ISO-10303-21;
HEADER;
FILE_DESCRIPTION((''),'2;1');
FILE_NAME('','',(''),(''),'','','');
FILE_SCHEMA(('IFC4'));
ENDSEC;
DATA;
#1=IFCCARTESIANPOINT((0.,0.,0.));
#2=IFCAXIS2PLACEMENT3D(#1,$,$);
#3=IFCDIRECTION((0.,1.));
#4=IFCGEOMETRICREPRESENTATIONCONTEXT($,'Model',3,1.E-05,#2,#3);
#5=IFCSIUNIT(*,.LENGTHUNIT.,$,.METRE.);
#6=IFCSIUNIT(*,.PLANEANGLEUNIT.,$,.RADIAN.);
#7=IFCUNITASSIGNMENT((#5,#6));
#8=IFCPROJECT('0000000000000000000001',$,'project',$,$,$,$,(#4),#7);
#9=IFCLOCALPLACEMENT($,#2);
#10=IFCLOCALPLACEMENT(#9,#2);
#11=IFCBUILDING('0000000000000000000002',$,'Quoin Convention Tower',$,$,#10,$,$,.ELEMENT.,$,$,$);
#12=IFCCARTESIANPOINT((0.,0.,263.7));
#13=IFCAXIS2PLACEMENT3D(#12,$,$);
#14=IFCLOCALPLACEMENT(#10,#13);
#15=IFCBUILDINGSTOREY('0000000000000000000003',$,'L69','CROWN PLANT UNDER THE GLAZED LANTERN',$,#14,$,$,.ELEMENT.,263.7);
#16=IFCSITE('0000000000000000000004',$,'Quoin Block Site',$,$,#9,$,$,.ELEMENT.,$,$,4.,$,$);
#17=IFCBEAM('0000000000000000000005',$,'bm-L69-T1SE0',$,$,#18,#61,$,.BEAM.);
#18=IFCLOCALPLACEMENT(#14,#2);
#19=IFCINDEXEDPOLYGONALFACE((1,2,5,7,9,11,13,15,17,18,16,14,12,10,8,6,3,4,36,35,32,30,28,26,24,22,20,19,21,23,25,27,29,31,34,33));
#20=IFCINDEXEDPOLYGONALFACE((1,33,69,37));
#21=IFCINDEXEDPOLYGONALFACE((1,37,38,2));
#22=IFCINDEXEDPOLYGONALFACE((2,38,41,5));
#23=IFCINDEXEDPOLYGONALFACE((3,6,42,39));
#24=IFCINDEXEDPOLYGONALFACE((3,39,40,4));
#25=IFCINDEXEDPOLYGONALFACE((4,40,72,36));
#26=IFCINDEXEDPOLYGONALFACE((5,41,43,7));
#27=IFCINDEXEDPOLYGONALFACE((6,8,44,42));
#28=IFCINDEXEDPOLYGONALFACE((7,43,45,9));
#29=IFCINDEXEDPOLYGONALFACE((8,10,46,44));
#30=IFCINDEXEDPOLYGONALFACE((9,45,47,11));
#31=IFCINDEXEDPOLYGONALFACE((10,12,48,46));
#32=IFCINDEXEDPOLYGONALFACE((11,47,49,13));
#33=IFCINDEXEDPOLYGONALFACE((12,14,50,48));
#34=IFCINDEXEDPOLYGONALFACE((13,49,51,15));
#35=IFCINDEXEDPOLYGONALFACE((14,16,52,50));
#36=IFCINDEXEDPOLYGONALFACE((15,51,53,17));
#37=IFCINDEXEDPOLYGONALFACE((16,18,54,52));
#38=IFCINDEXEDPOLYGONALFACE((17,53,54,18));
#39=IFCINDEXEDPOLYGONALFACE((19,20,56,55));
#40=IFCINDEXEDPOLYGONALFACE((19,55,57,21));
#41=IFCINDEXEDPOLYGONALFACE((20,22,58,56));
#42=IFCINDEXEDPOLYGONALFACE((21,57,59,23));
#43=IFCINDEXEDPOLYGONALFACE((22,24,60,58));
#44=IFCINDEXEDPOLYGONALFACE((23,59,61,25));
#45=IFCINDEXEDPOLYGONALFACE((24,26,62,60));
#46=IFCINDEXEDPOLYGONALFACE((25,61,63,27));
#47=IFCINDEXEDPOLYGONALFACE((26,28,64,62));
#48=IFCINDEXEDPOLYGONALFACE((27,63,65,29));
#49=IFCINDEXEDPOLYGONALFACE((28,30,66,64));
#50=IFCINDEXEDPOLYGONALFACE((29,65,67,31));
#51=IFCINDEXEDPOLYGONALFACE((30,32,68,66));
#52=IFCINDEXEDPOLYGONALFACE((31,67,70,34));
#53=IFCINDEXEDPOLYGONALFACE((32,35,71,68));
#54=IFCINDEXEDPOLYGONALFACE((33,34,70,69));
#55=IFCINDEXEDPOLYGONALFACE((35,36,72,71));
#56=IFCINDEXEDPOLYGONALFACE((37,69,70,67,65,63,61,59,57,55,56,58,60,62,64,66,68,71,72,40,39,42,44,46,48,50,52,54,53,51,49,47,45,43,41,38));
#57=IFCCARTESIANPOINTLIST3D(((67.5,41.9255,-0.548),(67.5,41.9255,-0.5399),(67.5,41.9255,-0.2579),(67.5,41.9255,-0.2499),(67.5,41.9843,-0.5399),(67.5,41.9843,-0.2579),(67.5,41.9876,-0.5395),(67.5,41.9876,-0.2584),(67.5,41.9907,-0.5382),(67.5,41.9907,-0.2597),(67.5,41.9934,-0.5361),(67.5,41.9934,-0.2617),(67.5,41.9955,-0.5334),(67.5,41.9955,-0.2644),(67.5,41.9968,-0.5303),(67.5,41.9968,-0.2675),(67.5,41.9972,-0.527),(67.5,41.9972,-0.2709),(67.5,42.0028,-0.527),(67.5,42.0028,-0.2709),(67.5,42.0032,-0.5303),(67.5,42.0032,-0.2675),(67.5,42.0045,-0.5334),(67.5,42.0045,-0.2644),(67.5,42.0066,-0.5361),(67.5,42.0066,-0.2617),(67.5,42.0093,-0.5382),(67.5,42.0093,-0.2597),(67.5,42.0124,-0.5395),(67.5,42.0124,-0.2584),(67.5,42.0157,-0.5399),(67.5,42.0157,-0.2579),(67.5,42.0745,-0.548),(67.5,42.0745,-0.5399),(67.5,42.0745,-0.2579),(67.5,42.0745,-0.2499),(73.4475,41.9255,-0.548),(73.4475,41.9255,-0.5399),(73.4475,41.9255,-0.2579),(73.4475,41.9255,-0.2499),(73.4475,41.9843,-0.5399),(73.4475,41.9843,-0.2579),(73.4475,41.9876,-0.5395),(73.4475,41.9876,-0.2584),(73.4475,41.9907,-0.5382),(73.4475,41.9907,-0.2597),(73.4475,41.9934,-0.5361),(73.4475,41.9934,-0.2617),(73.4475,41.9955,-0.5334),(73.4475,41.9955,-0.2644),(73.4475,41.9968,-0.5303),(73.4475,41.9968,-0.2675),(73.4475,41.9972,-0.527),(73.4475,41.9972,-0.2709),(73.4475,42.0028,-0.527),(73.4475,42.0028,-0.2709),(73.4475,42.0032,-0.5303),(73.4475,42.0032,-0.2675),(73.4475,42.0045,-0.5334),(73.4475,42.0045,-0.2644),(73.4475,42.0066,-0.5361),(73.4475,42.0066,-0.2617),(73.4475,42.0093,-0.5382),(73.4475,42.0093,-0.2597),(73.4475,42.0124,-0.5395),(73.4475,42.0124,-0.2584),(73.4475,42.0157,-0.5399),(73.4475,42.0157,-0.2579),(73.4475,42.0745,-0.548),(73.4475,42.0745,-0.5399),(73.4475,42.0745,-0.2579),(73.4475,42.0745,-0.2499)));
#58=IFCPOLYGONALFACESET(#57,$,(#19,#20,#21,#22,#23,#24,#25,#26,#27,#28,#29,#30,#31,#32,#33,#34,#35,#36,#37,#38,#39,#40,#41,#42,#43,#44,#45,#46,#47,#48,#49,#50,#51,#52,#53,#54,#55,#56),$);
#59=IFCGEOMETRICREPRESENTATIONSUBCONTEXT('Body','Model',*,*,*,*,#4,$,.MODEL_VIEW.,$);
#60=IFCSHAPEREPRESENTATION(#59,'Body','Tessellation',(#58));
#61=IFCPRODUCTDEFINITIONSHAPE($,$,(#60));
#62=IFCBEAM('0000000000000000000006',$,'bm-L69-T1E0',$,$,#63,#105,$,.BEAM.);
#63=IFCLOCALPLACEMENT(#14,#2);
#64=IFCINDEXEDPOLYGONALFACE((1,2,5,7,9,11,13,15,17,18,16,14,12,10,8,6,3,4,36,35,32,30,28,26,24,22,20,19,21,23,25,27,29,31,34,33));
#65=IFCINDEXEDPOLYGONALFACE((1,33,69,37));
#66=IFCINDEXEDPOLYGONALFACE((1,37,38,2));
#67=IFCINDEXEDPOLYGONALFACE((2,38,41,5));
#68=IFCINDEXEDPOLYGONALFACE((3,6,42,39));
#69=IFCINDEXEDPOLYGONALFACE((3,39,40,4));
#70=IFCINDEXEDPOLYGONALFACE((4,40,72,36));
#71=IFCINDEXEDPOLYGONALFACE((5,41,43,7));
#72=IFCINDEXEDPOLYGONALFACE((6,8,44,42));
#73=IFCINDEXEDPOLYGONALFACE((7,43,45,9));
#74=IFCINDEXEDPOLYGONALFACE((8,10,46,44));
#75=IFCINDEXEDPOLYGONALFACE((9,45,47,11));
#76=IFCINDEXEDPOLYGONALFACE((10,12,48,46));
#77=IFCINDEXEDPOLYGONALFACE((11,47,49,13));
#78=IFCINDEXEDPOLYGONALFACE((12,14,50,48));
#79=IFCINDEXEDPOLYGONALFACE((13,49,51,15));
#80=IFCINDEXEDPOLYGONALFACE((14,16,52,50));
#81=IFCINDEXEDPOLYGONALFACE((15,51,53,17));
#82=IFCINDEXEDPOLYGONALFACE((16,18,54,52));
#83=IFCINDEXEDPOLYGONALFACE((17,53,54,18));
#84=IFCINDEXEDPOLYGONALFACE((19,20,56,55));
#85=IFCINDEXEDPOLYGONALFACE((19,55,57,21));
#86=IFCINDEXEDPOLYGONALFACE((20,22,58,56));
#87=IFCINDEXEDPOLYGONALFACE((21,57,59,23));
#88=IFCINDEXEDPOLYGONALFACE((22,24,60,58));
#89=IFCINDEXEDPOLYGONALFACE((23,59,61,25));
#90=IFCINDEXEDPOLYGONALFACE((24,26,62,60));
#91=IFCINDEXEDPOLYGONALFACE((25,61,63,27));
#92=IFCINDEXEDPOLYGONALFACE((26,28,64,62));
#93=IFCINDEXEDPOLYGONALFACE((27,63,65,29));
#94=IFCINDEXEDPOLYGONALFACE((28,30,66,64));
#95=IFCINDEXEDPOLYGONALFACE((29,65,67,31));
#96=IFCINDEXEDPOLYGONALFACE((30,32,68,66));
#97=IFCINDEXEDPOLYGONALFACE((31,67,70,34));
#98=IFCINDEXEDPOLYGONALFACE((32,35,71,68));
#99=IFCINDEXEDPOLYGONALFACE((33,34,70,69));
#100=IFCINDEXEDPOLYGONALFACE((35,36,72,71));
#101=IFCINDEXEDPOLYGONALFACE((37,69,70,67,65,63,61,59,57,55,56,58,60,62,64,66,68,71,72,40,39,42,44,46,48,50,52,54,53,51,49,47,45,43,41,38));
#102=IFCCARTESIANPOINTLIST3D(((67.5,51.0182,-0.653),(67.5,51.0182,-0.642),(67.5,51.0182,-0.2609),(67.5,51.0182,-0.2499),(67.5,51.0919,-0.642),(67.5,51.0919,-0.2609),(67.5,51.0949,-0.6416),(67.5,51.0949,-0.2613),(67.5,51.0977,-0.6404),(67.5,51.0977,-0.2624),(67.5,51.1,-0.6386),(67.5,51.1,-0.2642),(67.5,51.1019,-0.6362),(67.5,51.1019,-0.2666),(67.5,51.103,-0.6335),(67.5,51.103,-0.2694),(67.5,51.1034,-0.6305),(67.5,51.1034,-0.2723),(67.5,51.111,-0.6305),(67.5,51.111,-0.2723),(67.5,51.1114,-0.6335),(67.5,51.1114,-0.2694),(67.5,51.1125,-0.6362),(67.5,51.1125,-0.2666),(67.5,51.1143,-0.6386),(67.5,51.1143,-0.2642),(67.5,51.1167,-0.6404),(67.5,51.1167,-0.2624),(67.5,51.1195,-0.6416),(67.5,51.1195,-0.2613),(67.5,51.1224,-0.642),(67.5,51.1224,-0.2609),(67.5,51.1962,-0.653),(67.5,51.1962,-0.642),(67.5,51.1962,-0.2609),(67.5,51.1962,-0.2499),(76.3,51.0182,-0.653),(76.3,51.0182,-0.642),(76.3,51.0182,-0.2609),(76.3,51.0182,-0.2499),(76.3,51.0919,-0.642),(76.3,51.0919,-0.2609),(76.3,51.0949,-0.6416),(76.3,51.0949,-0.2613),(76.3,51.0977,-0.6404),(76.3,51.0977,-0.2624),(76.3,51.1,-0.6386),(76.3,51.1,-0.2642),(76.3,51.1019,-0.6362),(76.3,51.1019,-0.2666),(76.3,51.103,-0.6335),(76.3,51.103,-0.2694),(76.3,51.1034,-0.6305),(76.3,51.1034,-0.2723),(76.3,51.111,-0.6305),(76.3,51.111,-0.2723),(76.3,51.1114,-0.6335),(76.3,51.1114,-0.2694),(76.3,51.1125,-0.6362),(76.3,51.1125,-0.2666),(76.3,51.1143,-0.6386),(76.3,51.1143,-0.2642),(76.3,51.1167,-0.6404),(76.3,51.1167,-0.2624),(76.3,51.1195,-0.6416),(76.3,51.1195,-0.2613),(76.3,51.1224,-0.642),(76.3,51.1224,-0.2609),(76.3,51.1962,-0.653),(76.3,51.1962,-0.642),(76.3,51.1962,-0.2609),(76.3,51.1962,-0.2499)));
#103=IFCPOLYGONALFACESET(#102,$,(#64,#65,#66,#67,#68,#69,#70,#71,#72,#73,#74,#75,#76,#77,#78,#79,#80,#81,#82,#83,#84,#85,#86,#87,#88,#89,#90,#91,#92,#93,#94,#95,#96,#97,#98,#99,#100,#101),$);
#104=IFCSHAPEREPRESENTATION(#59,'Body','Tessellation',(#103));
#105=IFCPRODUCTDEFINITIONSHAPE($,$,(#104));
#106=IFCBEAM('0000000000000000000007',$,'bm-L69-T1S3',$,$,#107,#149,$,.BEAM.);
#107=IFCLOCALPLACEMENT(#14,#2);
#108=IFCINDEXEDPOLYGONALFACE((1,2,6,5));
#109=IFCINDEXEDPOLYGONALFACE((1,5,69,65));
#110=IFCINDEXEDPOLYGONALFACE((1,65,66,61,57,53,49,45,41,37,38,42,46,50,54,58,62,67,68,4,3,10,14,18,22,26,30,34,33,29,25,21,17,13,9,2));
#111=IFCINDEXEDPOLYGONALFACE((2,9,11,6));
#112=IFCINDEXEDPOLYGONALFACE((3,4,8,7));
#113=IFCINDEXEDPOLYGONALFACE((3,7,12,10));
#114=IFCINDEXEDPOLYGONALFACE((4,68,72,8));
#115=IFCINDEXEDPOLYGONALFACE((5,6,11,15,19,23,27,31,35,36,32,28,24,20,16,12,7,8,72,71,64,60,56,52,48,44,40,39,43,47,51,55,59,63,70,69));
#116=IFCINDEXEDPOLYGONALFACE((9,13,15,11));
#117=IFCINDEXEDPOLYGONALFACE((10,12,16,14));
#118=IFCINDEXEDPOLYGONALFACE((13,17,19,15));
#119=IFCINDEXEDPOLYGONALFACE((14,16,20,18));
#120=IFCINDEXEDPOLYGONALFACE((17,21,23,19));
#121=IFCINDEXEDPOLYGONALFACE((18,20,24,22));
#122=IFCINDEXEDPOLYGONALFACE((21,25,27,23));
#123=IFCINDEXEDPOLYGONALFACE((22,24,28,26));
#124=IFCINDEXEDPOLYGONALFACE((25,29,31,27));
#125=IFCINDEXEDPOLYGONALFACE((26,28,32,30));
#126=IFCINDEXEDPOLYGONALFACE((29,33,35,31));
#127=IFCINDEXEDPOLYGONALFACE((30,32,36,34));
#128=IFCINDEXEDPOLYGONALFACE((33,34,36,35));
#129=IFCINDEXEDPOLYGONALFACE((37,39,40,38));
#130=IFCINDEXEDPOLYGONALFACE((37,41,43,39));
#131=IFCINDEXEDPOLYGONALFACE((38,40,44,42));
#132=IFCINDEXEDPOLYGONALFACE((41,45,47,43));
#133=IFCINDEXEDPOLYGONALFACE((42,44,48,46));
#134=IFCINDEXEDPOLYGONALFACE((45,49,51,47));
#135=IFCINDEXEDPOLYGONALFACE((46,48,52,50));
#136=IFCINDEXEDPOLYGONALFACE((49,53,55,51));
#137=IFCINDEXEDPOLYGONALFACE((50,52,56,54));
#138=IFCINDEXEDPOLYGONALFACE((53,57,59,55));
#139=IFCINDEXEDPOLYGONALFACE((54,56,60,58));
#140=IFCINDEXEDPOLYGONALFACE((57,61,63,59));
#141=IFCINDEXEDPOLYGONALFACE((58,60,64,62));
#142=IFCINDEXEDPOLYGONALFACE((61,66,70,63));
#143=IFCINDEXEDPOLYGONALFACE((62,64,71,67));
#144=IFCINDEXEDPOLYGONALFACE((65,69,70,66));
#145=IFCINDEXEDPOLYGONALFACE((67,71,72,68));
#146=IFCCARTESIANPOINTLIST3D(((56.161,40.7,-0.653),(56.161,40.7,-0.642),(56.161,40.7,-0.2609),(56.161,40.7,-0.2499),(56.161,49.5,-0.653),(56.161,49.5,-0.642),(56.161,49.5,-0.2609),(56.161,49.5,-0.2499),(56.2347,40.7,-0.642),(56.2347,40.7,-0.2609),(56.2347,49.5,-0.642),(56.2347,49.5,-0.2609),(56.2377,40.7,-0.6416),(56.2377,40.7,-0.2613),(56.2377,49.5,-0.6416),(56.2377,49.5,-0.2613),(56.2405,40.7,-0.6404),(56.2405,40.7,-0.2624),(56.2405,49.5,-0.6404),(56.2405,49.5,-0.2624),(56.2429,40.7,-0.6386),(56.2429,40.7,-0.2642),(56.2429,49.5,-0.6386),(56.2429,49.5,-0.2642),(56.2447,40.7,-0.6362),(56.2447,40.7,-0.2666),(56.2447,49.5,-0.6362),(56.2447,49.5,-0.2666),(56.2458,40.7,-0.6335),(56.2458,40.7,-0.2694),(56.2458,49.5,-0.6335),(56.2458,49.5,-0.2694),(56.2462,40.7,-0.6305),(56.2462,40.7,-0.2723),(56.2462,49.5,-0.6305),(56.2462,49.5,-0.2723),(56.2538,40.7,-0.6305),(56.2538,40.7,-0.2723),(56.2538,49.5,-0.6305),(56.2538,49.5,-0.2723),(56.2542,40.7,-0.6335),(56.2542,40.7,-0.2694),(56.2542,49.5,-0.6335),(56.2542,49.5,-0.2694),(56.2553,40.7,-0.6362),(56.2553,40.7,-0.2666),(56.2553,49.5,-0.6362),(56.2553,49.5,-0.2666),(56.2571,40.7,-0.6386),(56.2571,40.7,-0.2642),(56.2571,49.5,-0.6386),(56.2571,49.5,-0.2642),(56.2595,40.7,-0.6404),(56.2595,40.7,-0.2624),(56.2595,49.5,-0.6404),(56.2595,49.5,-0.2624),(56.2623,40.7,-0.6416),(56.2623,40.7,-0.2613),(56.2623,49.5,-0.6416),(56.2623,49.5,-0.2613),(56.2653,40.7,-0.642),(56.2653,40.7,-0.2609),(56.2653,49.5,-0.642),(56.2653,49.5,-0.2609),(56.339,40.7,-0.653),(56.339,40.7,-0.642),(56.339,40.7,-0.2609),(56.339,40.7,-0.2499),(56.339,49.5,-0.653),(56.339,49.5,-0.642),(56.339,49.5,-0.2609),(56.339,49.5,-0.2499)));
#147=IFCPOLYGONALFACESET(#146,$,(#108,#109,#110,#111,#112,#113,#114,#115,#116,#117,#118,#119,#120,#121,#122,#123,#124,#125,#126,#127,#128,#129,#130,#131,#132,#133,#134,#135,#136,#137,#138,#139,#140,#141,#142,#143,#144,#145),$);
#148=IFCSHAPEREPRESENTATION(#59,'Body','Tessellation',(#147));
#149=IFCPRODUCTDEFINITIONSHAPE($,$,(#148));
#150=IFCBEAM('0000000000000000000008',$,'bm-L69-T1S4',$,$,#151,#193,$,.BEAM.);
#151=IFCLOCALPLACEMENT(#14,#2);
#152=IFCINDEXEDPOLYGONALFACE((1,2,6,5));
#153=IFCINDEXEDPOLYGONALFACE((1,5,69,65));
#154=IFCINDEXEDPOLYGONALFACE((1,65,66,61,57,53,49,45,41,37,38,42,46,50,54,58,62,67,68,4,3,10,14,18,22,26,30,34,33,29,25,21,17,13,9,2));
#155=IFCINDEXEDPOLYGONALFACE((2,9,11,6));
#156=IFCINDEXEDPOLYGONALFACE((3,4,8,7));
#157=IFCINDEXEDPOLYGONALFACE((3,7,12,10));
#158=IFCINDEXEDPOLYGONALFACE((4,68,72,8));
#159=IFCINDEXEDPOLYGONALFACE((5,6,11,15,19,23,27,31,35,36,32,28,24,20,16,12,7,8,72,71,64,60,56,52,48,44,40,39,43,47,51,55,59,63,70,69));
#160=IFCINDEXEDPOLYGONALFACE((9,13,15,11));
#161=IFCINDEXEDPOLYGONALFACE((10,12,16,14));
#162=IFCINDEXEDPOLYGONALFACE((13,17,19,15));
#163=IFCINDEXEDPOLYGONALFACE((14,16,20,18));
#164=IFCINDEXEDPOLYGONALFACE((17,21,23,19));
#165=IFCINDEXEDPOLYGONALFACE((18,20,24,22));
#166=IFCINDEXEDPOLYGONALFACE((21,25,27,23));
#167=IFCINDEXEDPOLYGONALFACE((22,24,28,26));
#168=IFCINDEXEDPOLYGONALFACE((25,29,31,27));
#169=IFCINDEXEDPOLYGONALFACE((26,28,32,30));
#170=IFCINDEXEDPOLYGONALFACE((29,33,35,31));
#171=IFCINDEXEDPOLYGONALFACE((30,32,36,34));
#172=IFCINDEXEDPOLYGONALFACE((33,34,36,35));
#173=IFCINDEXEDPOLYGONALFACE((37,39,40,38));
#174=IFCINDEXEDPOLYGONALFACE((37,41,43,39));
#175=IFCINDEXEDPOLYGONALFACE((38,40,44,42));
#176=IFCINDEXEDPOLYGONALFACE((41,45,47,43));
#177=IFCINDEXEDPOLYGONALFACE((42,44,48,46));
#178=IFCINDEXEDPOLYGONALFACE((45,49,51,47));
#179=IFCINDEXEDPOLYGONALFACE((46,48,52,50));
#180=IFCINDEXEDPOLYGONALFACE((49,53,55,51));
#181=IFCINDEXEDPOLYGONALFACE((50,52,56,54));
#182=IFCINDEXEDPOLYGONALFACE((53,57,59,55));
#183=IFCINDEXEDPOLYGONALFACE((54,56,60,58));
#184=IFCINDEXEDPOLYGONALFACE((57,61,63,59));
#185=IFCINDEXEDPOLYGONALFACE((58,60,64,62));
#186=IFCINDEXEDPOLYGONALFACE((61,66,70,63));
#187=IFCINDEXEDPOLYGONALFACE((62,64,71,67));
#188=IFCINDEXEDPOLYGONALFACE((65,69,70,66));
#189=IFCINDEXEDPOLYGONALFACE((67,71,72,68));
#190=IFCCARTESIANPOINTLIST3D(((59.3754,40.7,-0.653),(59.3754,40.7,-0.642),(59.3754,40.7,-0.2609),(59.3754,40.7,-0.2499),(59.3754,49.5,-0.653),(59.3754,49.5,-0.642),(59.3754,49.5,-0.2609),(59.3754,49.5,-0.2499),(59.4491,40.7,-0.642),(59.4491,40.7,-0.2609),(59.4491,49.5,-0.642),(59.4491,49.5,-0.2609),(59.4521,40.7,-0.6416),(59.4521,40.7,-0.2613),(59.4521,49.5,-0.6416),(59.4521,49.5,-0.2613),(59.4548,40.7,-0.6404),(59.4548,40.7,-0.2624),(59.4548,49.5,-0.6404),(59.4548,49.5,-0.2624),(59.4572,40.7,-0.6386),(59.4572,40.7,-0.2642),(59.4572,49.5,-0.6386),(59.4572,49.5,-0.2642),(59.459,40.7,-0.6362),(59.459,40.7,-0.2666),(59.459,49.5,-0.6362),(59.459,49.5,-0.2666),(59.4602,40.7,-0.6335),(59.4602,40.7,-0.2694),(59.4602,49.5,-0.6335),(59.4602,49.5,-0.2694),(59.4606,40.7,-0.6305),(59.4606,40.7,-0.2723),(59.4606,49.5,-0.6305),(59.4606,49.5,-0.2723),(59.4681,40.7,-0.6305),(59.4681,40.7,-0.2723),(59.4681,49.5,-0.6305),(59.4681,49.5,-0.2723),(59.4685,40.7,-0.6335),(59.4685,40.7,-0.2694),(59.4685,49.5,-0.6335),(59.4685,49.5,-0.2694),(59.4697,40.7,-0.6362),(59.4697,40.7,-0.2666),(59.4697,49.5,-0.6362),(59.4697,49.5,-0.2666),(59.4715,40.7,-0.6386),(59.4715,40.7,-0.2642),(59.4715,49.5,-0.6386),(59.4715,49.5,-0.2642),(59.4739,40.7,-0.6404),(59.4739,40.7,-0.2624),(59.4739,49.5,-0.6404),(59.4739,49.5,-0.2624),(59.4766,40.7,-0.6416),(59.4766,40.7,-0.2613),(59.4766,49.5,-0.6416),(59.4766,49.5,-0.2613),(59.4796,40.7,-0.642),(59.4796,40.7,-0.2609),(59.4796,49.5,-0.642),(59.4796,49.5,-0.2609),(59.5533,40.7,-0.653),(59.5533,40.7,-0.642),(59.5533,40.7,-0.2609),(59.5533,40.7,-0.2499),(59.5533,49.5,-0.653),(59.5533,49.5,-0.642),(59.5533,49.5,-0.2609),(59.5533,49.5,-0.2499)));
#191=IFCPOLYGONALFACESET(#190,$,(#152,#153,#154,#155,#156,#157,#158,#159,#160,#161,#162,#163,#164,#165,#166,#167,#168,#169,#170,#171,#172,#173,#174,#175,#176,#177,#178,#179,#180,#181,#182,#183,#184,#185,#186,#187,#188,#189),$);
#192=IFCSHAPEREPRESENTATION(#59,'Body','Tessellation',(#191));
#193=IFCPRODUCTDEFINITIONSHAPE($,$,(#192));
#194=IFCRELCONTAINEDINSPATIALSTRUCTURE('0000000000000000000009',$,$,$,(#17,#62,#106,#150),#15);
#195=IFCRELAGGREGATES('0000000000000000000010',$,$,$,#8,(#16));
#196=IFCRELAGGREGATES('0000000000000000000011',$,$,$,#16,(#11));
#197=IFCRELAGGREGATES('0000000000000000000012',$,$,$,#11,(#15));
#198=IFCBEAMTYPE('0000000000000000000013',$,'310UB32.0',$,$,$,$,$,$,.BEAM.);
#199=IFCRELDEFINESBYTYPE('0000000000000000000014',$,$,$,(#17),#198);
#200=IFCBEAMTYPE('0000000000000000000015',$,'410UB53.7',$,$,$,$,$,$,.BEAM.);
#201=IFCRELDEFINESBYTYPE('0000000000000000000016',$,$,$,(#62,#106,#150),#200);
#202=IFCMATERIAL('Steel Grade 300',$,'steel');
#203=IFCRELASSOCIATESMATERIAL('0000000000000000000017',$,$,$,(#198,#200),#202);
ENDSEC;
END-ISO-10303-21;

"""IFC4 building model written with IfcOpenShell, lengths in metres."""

from ifc_helpers import new_model, si_unit, direction, frame, origin, origin_2d, place, context, subcontext, project, spatial, i_section, extrude, material, material_profile, profile_set, type_object, element, save


model = new_model("IFC4")

# Units and contexts
model_context = context("Model", 3, precision=1e-05, world=origin(), true_north=direction((0.0, 1.0)))
body_context = subcontext(model_context, "Body", "Model", "MODEL_VIEW")
ifc_project = project(units=[si_unit("LENGTHUNIT", "METRE"), si_unit("PLANEANGLEUNIT", "RADIAN")], contexts=[model_context])

# Site, building, storey
site_placement = place(None, origin())
site = spatial("IfcSite", under=ifc_project, at=site_placement, Name="Quoin Block Site", CompositionType="ELEMENT", RefElevation=4.0)
building_placement = place(site_placement, origin())
building = spatial("IfcBuilding", under=site, at=building_placement, Name="Quoin Convention Tower", CompositionType="ELEMENT")
storey_placement = place(building_placement, frame((0.0, 0.0, 263.7)))
storey = spatial("IfcBuildingStorey", under=building, at=storey_placement, Name="L69", Description="CROWN PLANT UNDER THE GLAZED LANTERN", CompositionType="ELEMENT", Elevation=263.7)

# Beams
ifc_material_1 = material(Name="Steel Grade 300", Category="steel")
ifc_material_profile_1 = material_profile(ifc_material_1, i_section(OverallWidth=0.1489, OverallDepth=0.2981, WebThickness=0.0056, FlangeThickness=0.0081, FilletRadius=0.0129, at=origin_2d()), Name="310UB32.0")
ifc_profile_set_1 = profile_set([ifc_material_profile_1], Name="Steel Grade 300")
beam_type_1 = type_object("IfcBeamType", Name="310UB32.0", PredefinedType="BEAM", material=ifc_profile_set_1)
beam_1_placement = place(storey_placement, frame((67.5, 42.0, -0.3989), z_axis=(1.0, 0.0, 0.0), x_axis=(0.0, 1.0, 0.0)))
element("IfcBeam", 1, at=beam_1_placement, inside=storey, type_object=beam_type_1, Name="bm-L69-T1SE0", PredefinedType="BEAM", context=body_context, shape_type="SweptSolid", body=[
    extrude(i_section(OverallWidth=0.1489, OverallDepth=0.2981, WebThickness=0.0056, FlangeThickness=0.0081, FilletRadius=0.0129, at=origin_2d()), origin(), (0.0, 0.0, 1.0), 5.9475),
])
ifc_material_profile_2 = material_profile(ifc_material_1, i_section(OverallWidth=0.178, OverallDepth=0.4031, WebThickness=0.0076, FlangeThickness=0.011, FilletRadius=0.0115, at=origin_2d()), Name="410UB53.7")
ifc_profile_set_2 = profile_set([ifc_material_profile_2], Name="Steel Grade 300")
beam_type_2 = type_object("IfcBeamType", Name="410UB53.7", PredefinedType="BEAM", material=ifc_profile_set_2)
for number, where, z_axis, x_axis, name in (
    (2, (67.5, 51.1072, -0.4514), (1.0, 0.0, 0.0), (0.0, 1.0, 0.0), "bm-L69-T1E0"),
    (3, (56.25, 40.7, -0.4514), (0.0, 1.0, 0.0), (-1.0, 0.0, 0.0), "bm-L69-T1S3"),
    (4, (59.4644, 40.7, -0.4514), (0.0, 1.0, 0.0), (-1.0, 0.0, 0.0), "bm-L69-T1S4"),
):
    element("IfcBeam", number, at=place(storey_placement, frame(where, z_axis=z_axis, x_axis=x_axis)), inside=storey, type_object=beam_type_2, Name=name, PredefinedType="BEAM", context=body_context, shape_type="SweptSolid", body=[
        extrude(i_section(OverallWidth=0.178, OverallDepth=0.4031, WebThickness=0.0076, FlangeThickness=0.011, FilletRadius=0.0115, at=origin_2d()), origin(), (0.0, 0.0, 1.0), 8.8),
    ])

save(model, "model.ifc")
